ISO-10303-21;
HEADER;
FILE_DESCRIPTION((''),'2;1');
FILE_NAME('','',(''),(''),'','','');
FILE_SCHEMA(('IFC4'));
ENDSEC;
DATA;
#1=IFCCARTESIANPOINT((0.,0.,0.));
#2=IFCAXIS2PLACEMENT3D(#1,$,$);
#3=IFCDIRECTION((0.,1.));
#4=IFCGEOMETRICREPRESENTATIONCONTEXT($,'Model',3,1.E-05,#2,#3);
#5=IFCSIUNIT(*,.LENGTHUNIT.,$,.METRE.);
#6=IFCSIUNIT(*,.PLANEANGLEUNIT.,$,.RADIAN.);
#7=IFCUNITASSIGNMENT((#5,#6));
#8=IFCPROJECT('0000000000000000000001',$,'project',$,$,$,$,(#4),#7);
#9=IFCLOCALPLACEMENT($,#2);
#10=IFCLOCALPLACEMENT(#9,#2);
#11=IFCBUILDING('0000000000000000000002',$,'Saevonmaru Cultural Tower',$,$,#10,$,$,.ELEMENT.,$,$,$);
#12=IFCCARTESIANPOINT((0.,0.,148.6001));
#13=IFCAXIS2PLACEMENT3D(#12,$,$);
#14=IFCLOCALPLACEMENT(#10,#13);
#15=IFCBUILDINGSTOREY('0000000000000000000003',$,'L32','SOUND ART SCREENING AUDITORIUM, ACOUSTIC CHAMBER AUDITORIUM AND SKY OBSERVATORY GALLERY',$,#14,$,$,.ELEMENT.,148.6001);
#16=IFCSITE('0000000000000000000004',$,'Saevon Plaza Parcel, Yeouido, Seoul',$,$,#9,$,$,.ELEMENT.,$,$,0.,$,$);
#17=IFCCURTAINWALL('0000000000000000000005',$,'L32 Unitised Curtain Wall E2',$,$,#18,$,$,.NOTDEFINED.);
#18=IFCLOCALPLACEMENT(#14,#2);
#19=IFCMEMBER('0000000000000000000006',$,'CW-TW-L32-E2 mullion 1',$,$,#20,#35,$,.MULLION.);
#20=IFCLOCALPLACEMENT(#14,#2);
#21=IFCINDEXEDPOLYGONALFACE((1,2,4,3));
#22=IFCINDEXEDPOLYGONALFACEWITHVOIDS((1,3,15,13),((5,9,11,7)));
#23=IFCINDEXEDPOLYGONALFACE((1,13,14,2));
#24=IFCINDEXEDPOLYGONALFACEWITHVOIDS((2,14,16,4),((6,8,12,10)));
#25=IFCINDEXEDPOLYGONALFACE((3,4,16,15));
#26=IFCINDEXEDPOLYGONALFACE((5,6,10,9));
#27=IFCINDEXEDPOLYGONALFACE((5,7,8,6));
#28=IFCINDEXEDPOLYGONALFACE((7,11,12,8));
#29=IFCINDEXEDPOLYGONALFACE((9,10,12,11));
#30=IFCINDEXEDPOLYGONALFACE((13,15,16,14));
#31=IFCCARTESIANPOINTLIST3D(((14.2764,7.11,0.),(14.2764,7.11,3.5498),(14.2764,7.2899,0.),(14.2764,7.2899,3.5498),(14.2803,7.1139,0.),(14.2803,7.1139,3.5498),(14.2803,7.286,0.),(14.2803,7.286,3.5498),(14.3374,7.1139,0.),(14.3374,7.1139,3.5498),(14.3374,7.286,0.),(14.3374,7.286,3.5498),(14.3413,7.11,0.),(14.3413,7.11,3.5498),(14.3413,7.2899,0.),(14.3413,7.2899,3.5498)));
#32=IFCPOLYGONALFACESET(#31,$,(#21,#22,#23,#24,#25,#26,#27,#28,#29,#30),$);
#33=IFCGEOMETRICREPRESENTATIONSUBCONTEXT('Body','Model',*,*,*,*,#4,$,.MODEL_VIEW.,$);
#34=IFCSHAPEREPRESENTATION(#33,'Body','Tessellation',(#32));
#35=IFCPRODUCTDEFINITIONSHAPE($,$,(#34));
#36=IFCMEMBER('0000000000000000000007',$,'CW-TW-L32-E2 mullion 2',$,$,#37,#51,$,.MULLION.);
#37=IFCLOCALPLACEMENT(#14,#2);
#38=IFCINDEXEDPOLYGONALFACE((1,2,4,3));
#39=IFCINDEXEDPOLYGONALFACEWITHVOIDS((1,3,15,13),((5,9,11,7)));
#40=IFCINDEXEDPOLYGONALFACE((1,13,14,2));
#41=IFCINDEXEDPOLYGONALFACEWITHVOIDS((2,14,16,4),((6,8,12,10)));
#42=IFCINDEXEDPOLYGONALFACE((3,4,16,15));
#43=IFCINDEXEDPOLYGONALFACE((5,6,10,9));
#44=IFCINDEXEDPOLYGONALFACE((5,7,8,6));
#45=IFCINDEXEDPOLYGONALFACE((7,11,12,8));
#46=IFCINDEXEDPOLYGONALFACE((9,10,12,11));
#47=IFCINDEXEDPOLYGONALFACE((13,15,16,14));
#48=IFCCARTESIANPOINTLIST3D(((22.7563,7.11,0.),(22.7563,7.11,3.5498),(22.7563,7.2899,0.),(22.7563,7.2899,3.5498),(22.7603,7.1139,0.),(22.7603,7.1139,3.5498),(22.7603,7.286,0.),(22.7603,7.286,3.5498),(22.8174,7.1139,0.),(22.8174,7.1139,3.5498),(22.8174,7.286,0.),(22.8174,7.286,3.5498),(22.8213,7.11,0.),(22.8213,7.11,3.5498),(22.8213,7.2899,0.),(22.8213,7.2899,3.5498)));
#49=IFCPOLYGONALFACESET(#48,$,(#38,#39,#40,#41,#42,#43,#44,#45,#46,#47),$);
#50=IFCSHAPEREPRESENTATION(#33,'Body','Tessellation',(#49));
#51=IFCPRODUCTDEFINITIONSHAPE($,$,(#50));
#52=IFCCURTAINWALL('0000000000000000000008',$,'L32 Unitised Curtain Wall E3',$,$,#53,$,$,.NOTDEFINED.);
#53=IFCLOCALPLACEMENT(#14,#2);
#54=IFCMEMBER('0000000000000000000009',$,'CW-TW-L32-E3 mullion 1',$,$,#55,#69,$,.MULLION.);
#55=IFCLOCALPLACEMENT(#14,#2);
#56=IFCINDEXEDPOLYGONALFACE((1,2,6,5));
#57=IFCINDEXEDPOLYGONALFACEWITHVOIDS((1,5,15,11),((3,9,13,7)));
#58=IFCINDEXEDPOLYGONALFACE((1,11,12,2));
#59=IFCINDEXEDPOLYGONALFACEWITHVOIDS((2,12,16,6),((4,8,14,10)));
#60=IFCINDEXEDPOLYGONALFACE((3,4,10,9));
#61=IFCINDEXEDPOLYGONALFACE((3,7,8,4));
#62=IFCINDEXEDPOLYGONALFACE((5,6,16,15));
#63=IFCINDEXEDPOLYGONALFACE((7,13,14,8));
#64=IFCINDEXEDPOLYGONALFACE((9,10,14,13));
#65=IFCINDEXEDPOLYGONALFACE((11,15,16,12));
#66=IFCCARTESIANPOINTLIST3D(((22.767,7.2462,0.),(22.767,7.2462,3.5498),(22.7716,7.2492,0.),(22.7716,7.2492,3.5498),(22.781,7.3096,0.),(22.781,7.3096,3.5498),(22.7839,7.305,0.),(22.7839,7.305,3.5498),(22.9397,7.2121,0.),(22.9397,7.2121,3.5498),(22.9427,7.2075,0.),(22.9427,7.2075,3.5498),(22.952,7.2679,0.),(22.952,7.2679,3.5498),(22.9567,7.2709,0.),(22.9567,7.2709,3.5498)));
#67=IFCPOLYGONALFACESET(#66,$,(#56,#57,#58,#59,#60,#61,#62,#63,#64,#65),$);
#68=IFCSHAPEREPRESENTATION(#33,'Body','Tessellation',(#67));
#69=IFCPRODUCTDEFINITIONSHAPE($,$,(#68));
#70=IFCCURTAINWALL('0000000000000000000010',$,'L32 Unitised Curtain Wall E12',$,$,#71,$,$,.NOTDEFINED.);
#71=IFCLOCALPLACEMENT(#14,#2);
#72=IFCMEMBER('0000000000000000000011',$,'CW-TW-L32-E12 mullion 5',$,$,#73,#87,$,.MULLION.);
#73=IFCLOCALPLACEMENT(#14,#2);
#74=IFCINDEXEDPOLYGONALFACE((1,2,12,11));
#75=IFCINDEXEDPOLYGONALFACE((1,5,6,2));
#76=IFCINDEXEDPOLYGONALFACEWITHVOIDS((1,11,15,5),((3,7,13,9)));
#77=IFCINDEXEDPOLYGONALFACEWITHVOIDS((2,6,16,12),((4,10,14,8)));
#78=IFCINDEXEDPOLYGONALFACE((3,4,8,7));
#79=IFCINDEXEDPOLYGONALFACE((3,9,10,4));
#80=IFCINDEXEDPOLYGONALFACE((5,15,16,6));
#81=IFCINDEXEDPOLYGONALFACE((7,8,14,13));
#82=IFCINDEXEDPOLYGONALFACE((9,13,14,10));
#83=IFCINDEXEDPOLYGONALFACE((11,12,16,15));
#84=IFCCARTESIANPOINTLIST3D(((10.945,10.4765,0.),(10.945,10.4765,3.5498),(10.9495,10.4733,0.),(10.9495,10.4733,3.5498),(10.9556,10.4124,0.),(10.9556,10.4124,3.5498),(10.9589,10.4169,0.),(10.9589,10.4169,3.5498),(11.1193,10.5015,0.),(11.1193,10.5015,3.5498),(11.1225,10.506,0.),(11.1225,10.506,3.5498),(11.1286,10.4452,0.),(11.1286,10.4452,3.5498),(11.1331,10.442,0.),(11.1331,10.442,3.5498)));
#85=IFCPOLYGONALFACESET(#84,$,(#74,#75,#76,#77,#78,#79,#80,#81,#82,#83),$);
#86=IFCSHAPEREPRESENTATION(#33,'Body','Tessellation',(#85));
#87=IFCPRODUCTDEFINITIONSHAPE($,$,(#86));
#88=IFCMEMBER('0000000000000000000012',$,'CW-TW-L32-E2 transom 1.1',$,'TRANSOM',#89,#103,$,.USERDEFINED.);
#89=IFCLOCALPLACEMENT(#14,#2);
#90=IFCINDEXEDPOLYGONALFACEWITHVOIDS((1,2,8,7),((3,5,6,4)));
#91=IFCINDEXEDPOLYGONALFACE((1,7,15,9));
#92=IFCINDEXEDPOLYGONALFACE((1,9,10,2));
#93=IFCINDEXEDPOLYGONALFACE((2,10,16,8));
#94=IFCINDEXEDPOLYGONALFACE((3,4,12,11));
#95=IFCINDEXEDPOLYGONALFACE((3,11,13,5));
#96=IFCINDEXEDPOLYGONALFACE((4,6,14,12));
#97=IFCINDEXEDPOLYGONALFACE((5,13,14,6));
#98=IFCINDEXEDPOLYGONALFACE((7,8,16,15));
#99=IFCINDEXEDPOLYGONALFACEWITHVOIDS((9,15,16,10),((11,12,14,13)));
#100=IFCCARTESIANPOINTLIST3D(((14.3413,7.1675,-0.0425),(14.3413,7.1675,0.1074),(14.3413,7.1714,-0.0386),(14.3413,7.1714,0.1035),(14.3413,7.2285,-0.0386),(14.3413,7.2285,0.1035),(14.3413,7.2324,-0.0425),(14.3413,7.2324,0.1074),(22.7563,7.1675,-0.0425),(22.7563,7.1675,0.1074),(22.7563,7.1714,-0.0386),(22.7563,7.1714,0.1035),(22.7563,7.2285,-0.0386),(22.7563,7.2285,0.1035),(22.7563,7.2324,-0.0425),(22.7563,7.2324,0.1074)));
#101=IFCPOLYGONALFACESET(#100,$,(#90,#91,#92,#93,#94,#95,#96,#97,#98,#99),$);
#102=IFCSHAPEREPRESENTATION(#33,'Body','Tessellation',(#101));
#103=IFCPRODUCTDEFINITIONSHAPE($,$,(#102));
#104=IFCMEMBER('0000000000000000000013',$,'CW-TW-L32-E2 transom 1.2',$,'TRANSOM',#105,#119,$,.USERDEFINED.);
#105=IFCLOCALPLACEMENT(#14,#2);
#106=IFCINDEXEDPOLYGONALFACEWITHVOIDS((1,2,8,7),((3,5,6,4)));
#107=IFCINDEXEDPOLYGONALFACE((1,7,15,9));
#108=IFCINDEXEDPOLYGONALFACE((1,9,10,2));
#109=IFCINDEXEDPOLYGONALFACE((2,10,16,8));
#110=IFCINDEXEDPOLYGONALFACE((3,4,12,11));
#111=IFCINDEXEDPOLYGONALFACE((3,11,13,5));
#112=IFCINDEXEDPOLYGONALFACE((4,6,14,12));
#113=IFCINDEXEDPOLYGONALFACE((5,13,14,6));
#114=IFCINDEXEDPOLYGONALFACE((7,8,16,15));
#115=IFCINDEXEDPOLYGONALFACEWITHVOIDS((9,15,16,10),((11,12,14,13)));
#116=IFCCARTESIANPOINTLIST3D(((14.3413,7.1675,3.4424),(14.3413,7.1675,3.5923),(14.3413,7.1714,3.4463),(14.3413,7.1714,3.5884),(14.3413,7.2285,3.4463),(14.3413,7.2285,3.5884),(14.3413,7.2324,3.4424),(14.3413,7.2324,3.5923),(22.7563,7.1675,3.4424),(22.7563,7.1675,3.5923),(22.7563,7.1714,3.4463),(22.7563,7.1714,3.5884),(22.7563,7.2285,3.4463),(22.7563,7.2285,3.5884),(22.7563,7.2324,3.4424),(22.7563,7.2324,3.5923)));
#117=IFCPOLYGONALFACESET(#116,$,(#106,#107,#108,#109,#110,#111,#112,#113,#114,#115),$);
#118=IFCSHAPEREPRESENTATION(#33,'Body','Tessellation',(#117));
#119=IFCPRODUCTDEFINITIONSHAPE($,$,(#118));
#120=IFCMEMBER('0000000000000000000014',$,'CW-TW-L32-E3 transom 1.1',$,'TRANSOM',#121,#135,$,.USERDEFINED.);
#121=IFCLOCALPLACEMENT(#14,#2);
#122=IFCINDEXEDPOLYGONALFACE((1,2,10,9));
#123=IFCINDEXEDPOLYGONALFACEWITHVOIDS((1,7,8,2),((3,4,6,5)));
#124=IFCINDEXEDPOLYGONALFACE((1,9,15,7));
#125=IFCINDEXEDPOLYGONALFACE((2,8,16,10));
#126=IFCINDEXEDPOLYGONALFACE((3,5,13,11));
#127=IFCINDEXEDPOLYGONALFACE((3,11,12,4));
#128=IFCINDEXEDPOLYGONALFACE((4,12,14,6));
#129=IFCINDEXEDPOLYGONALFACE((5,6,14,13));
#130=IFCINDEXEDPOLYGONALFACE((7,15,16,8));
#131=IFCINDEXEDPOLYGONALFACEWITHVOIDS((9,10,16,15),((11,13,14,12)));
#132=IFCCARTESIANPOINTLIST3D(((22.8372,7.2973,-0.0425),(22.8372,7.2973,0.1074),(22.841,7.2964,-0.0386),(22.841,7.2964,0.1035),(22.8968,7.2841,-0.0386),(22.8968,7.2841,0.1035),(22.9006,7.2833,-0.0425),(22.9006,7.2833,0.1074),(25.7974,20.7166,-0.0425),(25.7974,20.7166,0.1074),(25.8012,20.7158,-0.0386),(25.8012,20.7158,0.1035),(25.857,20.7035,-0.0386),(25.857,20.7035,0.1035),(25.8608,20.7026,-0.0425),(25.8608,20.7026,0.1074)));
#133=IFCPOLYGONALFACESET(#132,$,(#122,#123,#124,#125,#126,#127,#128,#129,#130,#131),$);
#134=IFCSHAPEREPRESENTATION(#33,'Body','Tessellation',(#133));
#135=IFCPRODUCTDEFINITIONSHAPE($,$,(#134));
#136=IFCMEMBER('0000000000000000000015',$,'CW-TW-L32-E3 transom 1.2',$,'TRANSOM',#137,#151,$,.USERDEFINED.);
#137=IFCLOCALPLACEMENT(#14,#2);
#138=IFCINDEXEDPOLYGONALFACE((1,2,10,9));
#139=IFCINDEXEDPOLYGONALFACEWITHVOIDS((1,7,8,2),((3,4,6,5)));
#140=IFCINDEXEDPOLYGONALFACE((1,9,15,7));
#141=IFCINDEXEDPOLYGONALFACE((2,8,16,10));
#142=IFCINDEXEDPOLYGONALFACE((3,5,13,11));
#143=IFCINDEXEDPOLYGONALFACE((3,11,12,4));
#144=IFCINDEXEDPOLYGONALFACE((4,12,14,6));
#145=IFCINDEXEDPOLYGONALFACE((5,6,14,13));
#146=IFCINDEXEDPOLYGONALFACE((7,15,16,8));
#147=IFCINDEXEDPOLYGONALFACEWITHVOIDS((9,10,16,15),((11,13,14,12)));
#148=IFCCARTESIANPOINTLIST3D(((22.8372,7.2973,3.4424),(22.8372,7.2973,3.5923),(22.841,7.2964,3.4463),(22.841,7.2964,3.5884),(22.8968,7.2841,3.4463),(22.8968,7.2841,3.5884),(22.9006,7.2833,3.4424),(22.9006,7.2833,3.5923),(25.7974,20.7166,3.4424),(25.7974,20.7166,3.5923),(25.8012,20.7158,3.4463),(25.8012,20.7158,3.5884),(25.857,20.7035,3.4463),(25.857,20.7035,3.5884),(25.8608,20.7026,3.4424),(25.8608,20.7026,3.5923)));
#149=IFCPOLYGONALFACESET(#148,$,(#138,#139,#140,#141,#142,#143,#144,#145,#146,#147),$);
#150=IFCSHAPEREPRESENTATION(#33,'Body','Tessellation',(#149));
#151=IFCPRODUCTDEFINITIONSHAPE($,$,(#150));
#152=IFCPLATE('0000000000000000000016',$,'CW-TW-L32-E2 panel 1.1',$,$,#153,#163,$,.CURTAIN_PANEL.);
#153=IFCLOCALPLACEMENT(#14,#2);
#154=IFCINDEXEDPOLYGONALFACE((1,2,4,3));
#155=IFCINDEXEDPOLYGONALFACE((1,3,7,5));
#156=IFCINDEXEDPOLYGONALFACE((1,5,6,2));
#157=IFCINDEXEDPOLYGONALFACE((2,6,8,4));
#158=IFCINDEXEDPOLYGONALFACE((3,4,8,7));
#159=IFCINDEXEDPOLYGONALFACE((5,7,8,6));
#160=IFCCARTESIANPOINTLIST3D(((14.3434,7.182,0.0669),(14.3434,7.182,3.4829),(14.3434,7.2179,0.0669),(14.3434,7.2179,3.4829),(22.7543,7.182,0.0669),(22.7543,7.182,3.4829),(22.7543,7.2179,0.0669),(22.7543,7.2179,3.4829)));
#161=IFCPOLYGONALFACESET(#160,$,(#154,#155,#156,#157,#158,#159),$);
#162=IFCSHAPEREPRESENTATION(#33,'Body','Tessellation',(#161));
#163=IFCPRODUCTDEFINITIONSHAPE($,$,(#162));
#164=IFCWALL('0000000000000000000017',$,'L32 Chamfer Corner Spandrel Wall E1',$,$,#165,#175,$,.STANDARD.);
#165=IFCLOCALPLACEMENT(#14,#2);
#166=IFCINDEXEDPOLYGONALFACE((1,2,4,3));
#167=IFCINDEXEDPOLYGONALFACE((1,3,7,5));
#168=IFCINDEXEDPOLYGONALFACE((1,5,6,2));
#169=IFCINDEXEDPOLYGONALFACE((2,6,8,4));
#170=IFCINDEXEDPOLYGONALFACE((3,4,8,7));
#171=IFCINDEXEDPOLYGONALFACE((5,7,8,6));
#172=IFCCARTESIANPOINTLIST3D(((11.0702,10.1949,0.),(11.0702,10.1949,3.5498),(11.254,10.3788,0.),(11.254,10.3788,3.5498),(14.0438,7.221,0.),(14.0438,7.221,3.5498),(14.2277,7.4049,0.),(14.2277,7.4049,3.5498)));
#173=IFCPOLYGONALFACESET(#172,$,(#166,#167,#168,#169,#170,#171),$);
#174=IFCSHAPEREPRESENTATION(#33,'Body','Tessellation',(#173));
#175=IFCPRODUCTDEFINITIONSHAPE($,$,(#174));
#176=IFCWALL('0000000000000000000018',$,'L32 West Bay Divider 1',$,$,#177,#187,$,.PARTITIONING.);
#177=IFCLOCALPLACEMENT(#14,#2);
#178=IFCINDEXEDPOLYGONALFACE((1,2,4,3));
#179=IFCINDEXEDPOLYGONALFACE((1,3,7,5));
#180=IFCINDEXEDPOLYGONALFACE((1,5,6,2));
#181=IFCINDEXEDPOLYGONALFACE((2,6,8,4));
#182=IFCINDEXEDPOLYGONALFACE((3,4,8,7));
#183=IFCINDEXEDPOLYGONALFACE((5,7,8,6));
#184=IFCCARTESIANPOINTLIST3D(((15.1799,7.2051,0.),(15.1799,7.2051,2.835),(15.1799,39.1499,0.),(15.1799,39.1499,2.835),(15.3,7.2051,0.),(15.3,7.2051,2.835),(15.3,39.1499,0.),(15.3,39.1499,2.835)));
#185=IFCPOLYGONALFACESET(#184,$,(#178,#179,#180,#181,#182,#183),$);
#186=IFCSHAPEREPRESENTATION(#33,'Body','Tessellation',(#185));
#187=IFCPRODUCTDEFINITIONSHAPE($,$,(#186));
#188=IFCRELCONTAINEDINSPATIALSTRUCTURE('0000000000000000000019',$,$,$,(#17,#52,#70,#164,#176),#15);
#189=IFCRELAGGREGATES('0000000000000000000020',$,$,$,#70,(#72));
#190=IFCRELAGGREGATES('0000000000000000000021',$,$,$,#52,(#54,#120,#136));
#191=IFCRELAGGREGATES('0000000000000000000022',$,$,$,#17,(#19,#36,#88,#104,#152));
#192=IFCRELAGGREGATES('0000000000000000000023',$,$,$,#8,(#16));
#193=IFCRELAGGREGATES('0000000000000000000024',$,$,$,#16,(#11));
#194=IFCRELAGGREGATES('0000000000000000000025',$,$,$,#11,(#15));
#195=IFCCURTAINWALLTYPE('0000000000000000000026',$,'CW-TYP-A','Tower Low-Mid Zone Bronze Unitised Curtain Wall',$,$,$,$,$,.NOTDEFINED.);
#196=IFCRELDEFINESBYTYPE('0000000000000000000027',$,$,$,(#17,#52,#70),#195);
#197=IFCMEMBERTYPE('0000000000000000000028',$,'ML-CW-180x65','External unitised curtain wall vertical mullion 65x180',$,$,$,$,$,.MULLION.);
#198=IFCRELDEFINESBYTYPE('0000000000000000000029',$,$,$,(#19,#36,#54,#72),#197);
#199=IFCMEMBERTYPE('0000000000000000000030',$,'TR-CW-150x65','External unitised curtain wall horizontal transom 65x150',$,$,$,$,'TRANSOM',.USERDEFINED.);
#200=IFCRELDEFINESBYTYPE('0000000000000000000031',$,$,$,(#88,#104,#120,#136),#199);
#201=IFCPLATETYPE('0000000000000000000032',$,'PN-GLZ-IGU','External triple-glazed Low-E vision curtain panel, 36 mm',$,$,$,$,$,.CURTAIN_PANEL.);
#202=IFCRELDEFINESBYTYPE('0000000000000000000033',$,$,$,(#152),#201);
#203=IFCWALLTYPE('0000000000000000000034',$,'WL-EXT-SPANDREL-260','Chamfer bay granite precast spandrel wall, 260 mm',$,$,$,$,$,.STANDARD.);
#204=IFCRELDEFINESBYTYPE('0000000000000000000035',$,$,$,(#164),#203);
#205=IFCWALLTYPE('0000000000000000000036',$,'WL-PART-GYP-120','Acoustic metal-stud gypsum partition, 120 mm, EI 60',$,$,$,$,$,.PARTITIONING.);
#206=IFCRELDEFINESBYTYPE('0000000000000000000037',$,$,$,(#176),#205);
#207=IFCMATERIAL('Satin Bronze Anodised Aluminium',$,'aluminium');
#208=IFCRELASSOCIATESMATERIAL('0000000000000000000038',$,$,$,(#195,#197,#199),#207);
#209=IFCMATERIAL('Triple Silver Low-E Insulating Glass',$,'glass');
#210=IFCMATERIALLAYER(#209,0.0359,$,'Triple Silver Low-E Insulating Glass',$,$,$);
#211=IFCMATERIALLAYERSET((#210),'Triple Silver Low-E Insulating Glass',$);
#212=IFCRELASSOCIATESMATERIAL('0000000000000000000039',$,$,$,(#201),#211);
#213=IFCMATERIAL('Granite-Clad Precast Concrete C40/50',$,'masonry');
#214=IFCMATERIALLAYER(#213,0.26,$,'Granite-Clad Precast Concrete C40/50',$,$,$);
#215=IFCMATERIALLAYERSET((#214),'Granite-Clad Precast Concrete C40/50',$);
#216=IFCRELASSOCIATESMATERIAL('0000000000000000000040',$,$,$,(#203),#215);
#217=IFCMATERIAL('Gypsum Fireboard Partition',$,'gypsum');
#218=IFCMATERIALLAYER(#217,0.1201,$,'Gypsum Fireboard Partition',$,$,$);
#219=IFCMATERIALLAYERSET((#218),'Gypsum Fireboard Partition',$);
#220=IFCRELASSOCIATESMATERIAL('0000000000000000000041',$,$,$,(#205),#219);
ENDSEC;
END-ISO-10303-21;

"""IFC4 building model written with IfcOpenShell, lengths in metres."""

from ifc_helpers import new_model, si_unit, direction, frame, frame_2d, origin, origin_2d, place, context, subcontext, project, spatial, rectangle, hollow_rectangle, extrude, material, layer, layer_set, material_profile, profile_set, type_object, element, aggregate, save


model = new_model("IFC4")

# Units and contexts
model_context = context("Model", 3, precision=1e-05, world=origin(), true_north=direction((0.0, 1.0)))
body_context = subcontext(model_context, "Body", "Model", "MODEL_VIEW")
ifc_project = project(units=[si_unit("LENGTHUNIT", "METRE"), si_unit("PLANEANGLEUNIT", "RADIAN")], contexts=[model_context])

# Site, building, storey
site_placement = place(None, origin())
site = spatial("IfcSite", under=ifc_project, at=site_placement, Name="Saevon Plaza Parcel, Yeouido, Seoul", CompositionType="ELEMENT", RefElevation=0.0)
building_placement = place(site_placement, origin())
building = spatial("IfcBuilding", under=site, at=building_placement, Name="Saevonmaru Cultural Tower", CompositionType="ELEMENT")
storey_placement = place(building_placement, frame((0.0, 0.0, 148.6001)))
storey = spatial("IfcBuildingStorey", under=building, at=storey_placement, Name="L32", Description="SOUND ART SCREENING AUDITORIUM, ACOUSTIC CHAMBER AUDITORIUM AND SKY OBSERVATORY GALLERY", CompositionType="ELEMENT", Elevation=148.6001)

# Curtain wall, members
ifc_material_1 = material(Name="Satin Bronze Anodised Aluminium", Category="aluminium")
curtain_wall_type = type_object("IfcCurtainWallType", Name="CW-TYP-A", Description="Tower Low-Mid Zone Bronze Unitised Curtain Wall", PredefinedType="NOTDEFINED", material=ifc_material_1)
curtain_wall_1_placement = place(storey_placement, origin())
curtain_wall_1 = element("IfcCurtainWall", 1, at=curtain_wall_1_placement, inside=storey, type_object=curtain_wall_type, Name="L32 Unitised Curtain Wall E2", PredefinedType="NOTDEFINED")
ifc_material_profile_1 = material_profile(ifc_material_1, hollow_rectangle(XDim=0.0649, YDim=0.1799, WallThickness=0.0039, at=origin_2d()), Name="ALU-MULL-180x65x4")
ifc_profile_set_1 = profile_set([ifc_material_profile_1], Name="Satin Bronze Anodised Aluminium")
member_type_1 = type_object("IfcMemberType", Name="ML-CW-180x65", Description="External unitised curtain wall vertical mullion 65x180", PredefinedType="MULLION", material=ifc_profile_set_1)
member_1_placement = place(storey_placement, frame((14.3088, 7.2, 0.0), z_axis=(0.0, 0.0, 1.0), x_axis=(1.0, 0.0, 0.0)))
member_1 = element("IfcMember", 2, at=member_1_placement, type_object=member_type_1, Name="CW-TW-L32-E2 mullion 1", PredefinedType="MULLION", context=body_context, shape_type="SweptSolid", body=[
    extrude(hollow_rectangle(XDim=0.0649, YDim=0.1799, WallThickness=0.0039, at=origin_2d()), origin(), (0.0, 0.0, 1.0), 3.5498),
])
member_2_placement = place(storey_placement, frame((22.7888, 7.2, 0.0), z_axis=(0.0, 0.0, 1.0), x_axis=(1.0, 0.0, 0.0)))
member_2 = element("IfcMember", 3, at=member_2_placement, type_object=member_type_1, Name="CW-TW-L32-E2 mullion 2", PredefinedType="MULLION", context=body_context, shape_type="SweptSolid", body=[
    extrude(hollow_rectangle(XDim=0.0649, YDim=0.1799, WallThickness=0.0039, at=origin_2d()), origin(), (0.0, 0.0, 1.0), 3.5498),
])

# Curtain walls, members
curtain_wall_2_placement = place(storey_placement, origin())
curtain_wall_2 = element("IfcCurtainWall", 4, at=curtain_wall_2_placement, inside=storey, type_object=curtain_wall_type, Name="L32 Unitised Curtain Wall E3", PredefinedType="NOTDEFINED")
member_3_placement = place(storey_placement, frame((22.8618, 7.2585, 0.0), z_axis=(0.0, 0.0, 1.0), x_axis=(0.215413, 0.976523, 0.0)))
member_3 = element("IfcMember", 5, at=member_3_placement, type_object=member_type_1, Name="CW-TW-L32-E3 mullion 1", PredefinedType="MULLION", context=body_context, shape_type="SweptSolid", body=[
    extrude(hollow_rectangle(XDim=0.0649, YDim=0.1799, WallThickness=0.0039, at=origin_2d()), origin(), (0.0, 0.0, 1.0), 3.5498),
])
curtain_wall_3_placement = place(storey_placement, origin())
curtain_wall_3 = element("IfcCurtainWall", 6, at=curtain_wall_3_placement, inside=storey, type_object=curtain_wall_type, Name="L32 Unitised Curtain Wall E12", PredefinedType="NOTDEFINED")
member_4_placement = place(storey_placement, frame((11.0391, 10.4592, 0.0), z_axis=(0.0, 0.0, 1.0), x_axis=(0.163999, -0.986461, 0.0)))
member_4 = element("IfcMember", 7, at=member_4_placement, type_object=member_type_1, Name="CW-TW-L32-E12 mullion 5", PredefinedType="MULLION", context=body_context, shape_type="SweptSolid", body=[
    extrude(hollow_rectangle(XDim=0.0649, YDim=0.1799, WallThickness=0.0039, at=origin_2d()), origin(), (0.0, 0.0, 1.0), 3.5498),
])
aggregate(curtain_wall_3, [member_4])

# Members
ifc_material_profile_2 = material_profile(ifc_material_1, hollow_rectangle(XDim=0.0649, YDim=0.1499, WallThickness=0.0039, at=origin_2d()), Name="ALU-TRAN-150x65x4")
ifc_profile_set_2 = profile_set([ifc_material_profile_2], Name="Satin Bronze Anodised Aluminium")
member_type_2 = type_object("IfcMemberType", Name="TR-CW-150x65", Description="External unitised curtain wall horizontal transom 65x150", ElementType="TRANSOM", PredefinedType="USERDEFINED", material=ifc_profile_set_2)
member_5_placement = place(storey_placement, frame((14.3413, 7.2, 0.0325), z_axis=(1.0, 0.0, 0.0), x_axis=(0.0, 1.0, 0.0)))
member_5 = element("IfcMember", 8, at=member_5_placement, type_object=member_type_2, Name="CW-TW-L32-E2 transom 1.1", ObjectType="TRANSOM", PredefinedType="USERDEFINED", context=body_context, shape_type="SweptSolid", body=[
    extrude(hollow_rectangle(XDim=0.0649, YDim=0.1499, WallThickness=0.0039, at=origin_2d()), origin(), (0.0, 0.0, 1.0), 8.415),
])
member_6_placement = place(storey_placement, frame((14.3413, 7.2, 3.5173), z_axis=(1.0, 0.0, 0.0), x_axis=(0.0, 1.0, 0.0)))
member_6 = element("IfcMember", 9, at=member_6_placement, type_object=member_type_2, Name="CW-TW-L32-E2 transom 1.2", ObjectType="TRANSOM", PredefinedType="USERDEFINED", context=body_context, shape_type="SweptSolid", body=[
    extrude(hollow_rectangle(XDim=0.0649, YDim=0.1499, WallThickness=0.0039, at=origin_2d()), origin(), (0.0, 0.0, 1.0), 8.415),
])
member_7_placement = place(storey_placement, frame((22.8689, 7.2903, 0.0325), z_axis=(0.215412, 0.976523, 0.0), x_axis=(-0.976523, 0.215412, 0.0)))
member_7 = element("IfcMember", 10, at=member_7_placement, type_object=member_type_2, Name="CW-TW-L32-E3 transom 1.1", ObjectType="TRANSOM", PredefinedType="USERDEFINED", context=body_context, shape_type="SweptSolid", body=[
    extrude(hollow_rectangle(XDim=0.0649, YDim=0.1499, WallThickness=0.0039, at=origin_2d()), origin(), (0.0, 0.0, 1.0), 13.7419),
])
member_8_placement = place(storey_placement, frame((22.8689, 7.2903, 3.5173), z_axis=(0.215412, 0.976523, 0.0), x_axis=(-0.976523, 0.215412, 0.0)))
member_8 = element("IfcMember", 11, at=member_8_placement, type_object=member_type_2, Name="CW-TW-L32-E3 transom 1.2", ObjectType="TRANSOM", PredefinedType="USERDEFINED", context=body_context, shape_type="SweptSolid", body=[
    extrude(hollow_rectangle(XDim=0.0649, YDim=0.1499, WallThickness=0.0039, at=origin_2d()), origin(), (0.0, 0.0, 1.0), 13.7419),
])
aggregate(curtain_wall_2, [member_3, member_7, member_8])

# Plate
ifc_material_2 = material(Name="Triple Silver Low-E Insulating Glass", Category="glass")
ifc_layer_1 = layer(ifc_material_2, 0.0359, Name="Triple Silver Low-E Insulating Glass")
ifc_layer_set_1 = layer_set([ifc_layer_1], Name="Triple Silver Low-E Insulating Glass")
plate_type = type_object("IfcPlateType", Name="PN-GLZ-IGU", Description="External triple-glazed Low-E vision curtain panel, 36 mm", PredefinedType="CURTAIN_PANEL", material=ifc_layer_set_1)
plate_placement = place(storey_placement, frame((18.5488, 7.2, 0.0669), z_axis=(0.0, 0.0, 1.0), x_axis=(1.0, 0.0, 0.0)))
plate = element("IfcPlate", 12, at=plate_placement, type_object=plate_type, Name="CW-TW-L32-E2 panel 1.1", PredefinedType="CURTAIN_PANEL", context=body_context, shape_type="SweptSolid", body=[
    extrude(rectangle(XDim=8.4109, YDim=0.0359, at=origin_2d()), origin(), (0.0, 0.0, 1.0), 3.416),
])
aggregate(curtain_wall_1, [member_1, member_2, member_5, member_6, plate])

# Walls
ifc_material_3 = material(Name="Granite-Clad Precast Concrete C40/50", Category="masonry")
ifc_layer_2 = layer(ifc_material_3, 0.26, Name="Granite-Clad Precast Concrete C40/50")
ifc_layer_set_2 = layer_set([ifc_layer_2], Name="Granite-Clad Precast Concrete C40/50")
wall_type_1 = type_object("IfcWallType", Name="WL-EXT-SPANDREL-260", Description="Chamfer bay granite precast spandrel wall, 260 mm", PredefinedType="STANDARD", material=ifc_layer_set_2)
wall_1_placement = place(storey_placement, frame((11.1621, 10.2869, 0.0), z_axis=(0.0, 0.0, 1.0), x_axis=(0.707078, -0.707136, 0.0)))
element("IfcWall", 13, at=wall_1_placement, inside=storey, type_object=wall_type_1, Name="L32 Chamfer Corner Spandrel Wall E1", PredefinedType="STANDARD", context=body_context, shape_type="SweptSolid", body=[
    extrude(rectangle(XDim=4.2056, YDim=0.26, at=frame_2d((2.1028, 0.0))), origin(), (0.0, 0.0, 1.0), 3.5498),
])
ifc_material_4 = material(Name="Gypsum Fireboard Partition", Category="gypsum")
ifc_layer_3 = layer(ifc_material_4, 0.1201, Name="Gypsum Fireboard Partition")
ifc_layer_set_3 = layer_set([ifc_layer_3], Name="Gypsum Fireboard Partition")
wall_type_2 = type_object("IfcWallType", Name="WL-PART-GYP-120", Description="Acoustic metal-stud gypsum partition, 120 mm, EI 60", PredefinedType="PARTITIONING", material=ifc_layer_set_3)
wall_2_placement = place(storey_placement, frame((15.24, 7.2051, 0.0), z_axis=(0.0, 0.0, 1.0), x_axis=(0.0, 1.0, 0.0)))
element("IfcWall", 14, at=wall_2_placement, inside=storey, type_object=wall_type_2, Name="L32 West Bay Divider 1", PredefinedType="PARTITIONING", context=body_context, shape_type="SweptSolid", body=[
    extrude(rectangle(XDim=31.9448, YDim=0.1201, at=frame_2d((15.9724, 0.0))), origin(), (0.0, 0.0, 1.0), 2.835),
])

save(model, "model.ifc")
